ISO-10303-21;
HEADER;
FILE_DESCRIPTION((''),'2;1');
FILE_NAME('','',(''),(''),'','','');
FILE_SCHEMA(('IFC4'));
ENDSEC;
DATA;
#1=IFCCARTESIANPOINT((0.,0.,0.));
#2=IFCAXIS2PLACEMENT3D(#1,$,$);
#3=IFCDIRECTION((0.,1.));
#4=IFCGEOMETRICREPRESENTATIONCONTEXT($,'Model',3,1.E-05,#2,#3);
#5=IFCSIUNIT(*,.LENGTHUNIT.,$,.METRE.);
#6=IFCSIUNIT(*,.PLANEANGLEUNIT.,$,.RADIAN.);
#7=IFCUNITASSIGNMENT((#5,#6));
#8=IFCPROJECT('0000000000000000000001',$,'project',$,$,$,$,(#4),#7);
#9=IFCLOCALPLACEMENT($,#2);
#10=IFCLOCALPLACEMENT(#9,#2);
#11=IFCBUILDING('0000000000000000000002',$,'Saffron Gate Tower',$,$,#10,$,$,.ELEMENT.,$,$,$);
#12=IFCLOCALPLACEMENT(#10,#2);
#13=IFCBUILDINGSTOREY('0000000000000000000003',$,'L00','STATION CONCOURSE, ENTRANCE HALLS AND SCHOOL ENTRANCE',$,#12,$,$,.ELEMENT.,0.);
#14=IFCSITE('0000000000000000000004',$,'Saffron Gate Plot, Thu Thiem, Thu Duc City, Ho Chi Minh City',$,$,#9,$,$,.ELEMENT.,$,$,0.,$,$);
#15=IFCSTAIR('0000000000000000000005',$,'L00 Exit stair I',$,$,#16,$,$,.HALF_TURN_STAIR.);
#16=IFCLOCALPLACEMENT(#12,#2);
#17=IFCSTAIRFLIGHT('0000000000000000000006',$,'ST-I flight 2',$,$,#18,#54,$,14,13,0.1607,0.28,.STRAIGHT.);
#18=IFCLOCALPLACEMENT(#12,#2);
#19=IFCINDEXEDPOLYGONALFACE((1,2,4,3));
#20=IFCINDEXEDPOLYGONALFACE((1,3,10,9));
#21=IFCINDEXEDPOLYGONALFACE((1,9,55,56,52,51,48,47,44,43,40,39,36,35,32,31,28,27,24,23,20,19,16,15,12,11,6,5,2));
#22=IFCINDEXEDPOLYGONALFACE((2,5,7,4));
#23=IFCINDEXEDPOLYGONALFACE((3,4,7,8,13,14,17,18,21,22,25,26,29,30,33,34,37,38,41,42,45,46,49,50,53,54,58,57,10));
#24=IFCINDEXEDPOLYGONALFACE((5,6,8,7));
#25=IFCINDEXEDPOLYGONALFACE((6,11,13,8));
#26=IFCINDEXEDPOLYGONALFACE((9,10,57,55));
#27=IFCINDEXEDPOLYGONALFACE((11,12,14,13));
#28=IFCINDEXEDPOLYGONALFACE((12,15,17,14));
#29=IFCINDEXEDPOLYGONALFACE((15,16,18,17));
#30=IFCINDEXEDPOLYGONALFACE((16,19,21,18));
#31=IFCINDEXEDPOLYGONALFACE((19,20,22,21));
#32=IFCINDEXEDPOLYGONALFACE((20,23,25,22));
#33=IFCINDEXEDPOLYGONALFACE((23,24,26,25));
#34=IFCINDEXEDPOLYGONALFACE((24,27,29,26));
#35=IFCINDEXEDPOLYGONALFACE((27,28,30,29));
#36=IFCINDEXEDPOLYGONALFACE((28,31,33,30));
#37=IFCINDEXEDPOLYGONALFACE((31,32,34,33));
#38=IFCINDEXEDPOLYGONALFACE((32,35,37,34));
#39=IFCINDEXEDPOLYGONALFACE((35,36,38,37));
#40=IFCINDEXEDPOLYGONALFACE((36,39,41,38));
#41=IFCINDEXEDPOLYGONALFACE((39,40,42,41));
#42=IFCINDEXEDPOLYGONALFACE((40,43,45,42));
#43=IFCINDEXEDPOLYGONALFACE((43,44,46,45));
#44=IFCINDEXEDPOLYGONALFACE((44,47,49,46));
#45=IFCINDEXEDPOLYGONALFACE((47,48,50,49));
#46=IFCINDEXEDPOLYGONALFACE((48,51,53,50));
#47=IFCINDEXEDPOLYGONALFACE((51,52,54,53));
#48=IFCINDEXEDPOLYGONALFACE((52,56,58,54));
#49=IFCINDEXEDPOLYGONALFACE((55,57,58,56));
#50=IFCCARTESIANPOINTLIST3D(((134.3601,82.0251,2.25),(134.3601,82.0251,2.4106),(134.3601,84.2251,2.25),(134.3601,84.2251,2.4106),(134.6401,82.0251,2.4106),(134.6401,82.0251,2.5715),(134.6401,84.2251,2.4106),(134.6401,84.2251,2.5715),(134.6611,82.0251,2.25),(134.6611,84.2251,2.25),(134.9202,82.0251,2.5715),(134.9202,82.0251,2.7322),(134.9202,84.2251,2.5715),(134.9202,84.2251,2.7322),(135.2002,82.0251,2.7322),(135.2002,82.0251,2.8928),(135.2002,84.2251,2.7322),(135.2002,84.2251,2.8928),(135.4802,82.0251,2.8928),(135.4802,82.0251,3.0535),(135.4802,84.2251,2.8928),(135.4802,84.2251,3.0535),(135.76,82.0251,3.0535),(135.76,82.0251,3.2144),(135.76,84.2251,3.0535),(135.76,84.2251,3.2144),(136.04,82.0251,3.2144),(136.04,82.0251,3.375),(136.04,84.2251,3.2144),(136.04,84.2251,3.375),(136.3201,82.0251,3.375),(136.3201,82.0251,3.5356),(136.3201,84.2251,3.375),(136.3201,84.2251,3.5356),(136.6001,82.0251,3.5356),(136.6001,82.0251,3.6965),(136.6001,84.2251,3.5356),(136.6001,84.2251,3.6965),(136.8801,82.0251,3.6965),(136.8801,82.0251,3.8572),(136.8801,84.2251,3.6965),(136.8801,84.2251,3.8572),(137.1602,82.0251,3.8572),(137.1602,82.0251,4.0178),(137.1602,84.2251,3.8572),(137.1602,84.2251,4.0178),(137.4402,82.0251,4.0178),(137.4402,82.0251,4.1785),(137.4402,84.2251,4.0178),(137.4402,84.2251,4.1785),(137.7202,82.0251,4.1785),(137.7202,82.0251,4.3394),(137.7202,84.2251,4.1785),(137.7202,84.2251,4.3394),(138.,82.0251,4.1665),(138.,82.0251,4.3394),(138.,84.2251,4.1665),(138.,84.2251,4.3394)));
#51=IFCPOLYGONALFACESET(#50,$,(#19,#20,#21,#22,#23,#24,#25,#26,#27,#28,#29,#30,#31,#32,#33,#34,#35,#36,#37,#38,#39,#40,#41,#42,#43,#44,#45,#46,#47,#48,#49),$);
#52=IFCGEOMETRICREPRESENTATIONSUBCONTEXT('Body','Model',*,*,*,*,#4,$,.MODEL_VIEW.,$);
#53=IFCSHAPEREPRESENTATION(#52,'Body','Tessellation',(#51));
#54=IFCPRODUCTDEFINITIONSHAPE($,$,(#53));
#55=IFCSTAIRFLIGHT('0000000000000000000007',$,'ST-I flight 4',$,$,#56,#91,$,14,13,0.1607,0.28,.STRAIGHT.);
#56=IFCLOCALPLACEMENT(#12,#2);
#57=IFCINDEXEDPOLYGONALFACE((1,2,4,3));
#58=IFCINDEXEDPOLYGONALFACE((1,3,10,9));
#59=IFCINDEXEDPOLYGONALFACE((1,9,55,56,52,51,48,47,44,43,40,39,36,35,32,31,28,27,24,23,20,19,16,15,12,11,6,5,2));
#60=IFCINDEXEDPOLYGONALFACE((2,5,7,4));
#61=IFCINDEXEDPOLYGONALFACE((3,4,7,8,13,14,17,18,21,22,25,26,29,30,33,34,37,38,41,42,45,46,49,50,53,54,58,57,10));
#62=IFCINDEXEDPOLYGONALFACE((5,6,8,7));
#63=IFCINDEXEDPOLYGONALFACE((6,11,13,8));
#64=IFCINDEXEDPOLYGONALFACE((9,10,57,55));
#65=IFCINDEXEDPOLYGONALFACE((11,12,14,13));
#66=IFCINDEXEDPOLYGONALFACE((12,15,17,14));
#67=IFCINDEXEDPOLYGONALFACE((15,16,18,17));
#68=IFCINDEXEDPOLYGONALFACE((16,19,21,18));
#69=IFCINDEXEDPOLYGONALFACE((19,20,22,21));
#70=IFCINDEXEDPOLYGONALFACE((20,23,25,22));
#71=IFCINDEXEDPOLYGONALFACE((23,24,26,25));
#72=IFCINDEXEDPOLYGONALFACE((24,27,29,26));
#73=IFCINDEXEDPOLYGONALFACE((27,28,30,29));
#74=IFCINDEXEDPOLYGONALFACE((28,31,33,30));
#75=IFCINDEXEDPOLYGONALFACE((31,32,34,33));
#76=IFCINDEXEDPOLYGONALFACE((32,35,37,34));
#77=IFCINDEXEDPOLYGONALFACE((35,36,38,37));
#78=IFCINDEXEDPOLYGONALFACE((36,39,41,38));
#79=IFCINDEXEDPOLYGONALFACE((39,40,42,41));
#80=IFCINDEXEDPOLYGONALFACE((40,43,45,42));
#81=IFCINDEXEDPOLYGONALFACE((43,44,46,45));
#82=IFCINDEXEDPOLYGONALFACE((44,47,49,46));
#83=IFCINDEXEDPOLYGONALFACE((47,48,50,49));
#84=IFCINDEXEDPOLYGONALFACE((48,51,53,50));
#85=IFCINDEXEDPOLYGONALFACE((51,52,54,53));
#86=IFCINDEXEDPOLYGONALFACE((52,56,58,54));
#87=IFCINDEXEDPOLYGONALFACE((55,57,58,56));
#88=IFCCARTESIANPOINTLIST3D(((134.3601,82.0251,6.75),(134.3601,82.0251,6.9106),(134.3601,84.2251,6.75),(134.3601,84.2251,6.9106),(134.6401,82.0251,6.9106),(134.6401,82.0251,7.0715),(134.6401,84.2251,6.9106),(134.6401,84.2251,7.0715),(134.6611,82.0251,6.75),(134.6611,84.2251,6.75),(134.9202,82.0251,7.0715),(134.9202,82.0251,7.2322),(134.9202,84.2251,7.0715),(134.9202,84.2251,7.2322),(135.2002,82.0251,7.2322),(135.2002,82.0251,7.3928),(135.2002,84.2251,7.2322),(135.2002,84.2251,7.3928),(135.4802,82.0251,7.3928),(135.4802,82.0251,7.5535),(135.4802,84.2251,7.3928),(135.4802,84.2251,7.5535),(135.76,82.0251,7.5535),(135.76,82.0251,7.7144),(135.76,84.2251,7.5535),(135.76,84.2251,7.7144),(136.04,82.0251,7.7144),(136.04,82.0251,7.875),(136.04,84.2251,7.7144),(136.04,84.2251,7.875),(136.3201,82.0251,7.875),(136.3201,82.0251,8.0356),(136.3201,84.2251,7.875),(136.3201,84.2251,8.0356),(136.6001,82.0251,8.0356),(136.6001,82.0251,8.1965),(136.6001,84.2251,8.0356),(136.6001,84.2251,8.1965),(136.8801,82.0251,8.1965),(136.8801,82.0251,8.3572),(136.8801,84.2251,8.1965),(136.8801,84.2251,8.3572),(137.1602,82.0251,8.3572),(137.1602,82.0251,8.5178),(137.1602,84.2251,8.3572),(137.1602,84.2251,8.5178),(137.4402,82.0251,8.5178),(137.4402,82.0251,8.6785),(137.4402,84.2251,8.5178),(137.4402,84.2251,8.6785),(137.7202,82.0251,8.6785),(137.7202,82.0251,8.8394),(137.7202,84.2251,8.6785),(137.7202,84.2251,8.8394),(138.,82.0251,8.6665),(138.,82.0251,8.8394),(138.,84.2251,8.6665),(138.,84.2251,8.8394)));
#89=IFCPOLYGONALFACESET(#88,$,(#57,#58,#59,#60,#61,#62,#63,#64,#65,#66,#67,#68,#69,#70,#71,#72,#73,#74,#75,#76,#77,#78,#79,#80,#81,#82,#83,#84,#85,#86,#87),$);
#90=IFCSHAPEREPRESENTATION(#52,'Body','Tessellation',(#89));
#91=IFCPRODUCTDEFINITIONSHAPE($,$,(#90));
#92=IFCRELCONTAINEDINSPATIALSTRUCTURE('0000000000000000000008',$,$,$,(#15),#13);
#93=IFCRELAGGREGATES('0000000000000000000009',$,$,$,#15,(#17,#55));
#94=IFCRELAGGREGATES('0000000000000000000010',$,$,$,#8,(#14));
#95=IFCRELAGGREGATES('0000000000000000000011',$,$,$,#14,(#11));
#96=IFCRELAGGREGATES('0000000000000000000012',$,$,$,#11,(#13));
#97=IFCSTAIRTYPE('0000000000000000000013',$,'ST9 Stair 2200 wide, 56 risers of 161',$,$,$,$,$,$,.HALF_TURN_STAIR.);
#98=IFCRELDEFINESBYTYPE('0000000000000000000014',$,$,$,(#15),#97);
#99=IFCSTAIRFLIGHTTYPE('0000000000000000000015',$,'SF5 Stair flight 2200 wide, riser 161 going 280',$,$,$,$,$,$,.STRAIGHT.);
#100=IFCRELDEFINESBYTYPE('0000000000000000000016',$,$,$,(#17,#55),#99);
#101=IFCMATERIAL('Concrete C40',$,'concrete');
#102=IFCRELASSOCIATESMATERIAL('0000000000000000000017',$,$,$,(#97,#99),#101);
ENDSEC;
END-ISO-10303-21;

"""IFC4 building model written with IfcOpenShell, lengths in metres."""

from ifc_helpers import new_model, si_unit, direction, frame, origin, place, context, subcontext, project, spatial, polyline, outline, extrude, material, type_object, element, aggregate, save


model = new_model("IFC4")

# Units and contexts
model_context = context("Model", 3, precision=1e-05, world=origin(), true_north=direction((0.0, 1.0)))
body_context = subcontext(model_context, "Body", "Model", "MODEL_VIEW")
ifc_project = project(units=[si_unit("LENGTHUNIT", "METRE"), si_unit("PLANEANGLEUNIT", "RADIAN")], contexts=[model_context])

# Site, building, storey
site_placement = place(None, origin())
site = spatial("IfcSite", under=ifc_project, at=site_placement, Name="Saffron Gate Plot, Thu Thiem, Thu Duc City, Ho Chi Minh City", CompositionType="ELEMENT", RefElevation=0.0)
building_placement = place(site_placement, origin())
building = spatial("IfcBuilding", under=site, at=building_placement, Name="Saffron Gate Tower", CompositionType="ELEMENT")
storey_placement = place(building_placement, origin())
storey = spatial("IfcBuildingStorey", under=building, at=storey_placement, Name="L00", Description="STATION CONCOURSE, ENTRANCE HALLS AND SCHOOL ENTRANCE", CompositionType="ELEMENT", Elevation=0.0)

# Stair, stair flights
ifc_material_1 = material(Name="Concrete C40", Category="concrete")
stair_type = type_object("IfcStairType", Name="ST9 Stair 2200 wide, 56 risers of 161", PredefinedType="HALF_TURN_STAIR", material=ifc_material_1)
stair_placement = place(storey_placement, origin())
stair = element("IfcStair", 1, at=stair_placement, inside=storey, type_object=stair_type, Name="L00 Exit stair I", PredefinedType="HALF_TURN_STAIR")
stair_flight_type = type_object("IfcStairFlightType", Name="SF5 Stair flight 2200 wide, riser 161 going 280", PredefinedType="STRAIGHT", material=ifc_material_1)
stair_flight_1_placement = place(storey_placement, frame((134.3601, 83.125, 2.25), z_axis=(0.0, 0.0, 1.0), x_axis=(1.0, 0.0, 0.0)))
stair_flight_1 = element("IfcStairFlight", 2, at=stair_flight_1_placement, type_object=stair_flight_type, Name="ST-I flight 2", NumberOfRisers=14, NumberOfTreads=13, PredefinedType="STRAIGHT", RiserHeight=0.1607, TreadLength=0.28, context=body_context, shape_type="SweptSolid", body=[
    extrude(outline(polyline([(0.0, 0.0), (0.0, 0.1606), (0.28, 0.1606), (0.28, 0.3215), (0.5601, 0.3215), (0.5601, 0.4822), (0.8401, 0.4822), (0.8401, 0.6428), (1.1201, 0.6428), (1.1201, 0.8035), (1.3999, 0.8035), (1.3999, 0.9644), (1.6799, 0.9644), (1.6799, 1.125), (1.96, 1.125), (1.96, 1.2856), (2.24, 1.2856), (2.24, 1.4465), (2.52, 1.4465), (2.52, 1.6072), (2.8, 1.6072), (2.8, 1.7678), (3.0801, 1.7678), (3.0801, 1.9285), (3.3601, 1.9285), (3.3601, 2.0894), (3.6399, 2.0894), (3.6399, 2.25), (3.6399, 1.9165), (0.301, 0.0), (0.0, 0.0)])), frame((0.0, 1.1001, 0.0), z_axis=(0.0, -1.0, 0.0), x_axis=(1.0, 0.0, 0.0)), (0.0, 0.0, 1.0), 2.2),
])
stair_flight_2_placement = place(storey_placement, frame((134.3601, 83.125, 6.75), z_axis=(0.0, 0.0, 1.0), x_axis=(1.0, 0.0, 0.0)))
stair_flight_2 = element("IfcStairFlight", 3, at=stair_flight_2_placement, type_object=stair_flight_type, Name="ST-I flight 4", NumberOfRisers=14, NumberOfTreads=13, PredefinedType="STRAIGHT", RiserHeight=0.1607, TreadLength=0.28, context=body_context, shape_type="SweptSolid", body=[
    extrude(outline(polyline([(0.0, 0.0), (0.0, 0.1606), (0.28, 0.1606), (0.28, 0.3215), (0.5601, 0.3215), (0.5601, 0.4822), (0.8401, 0.4822), (0.8401, 0.6428), (1.1201, 0.6428), (1.1201, 0.8035), (1.3999, 0.8035), (1.3999, 0.9644), (1.6799, 0.9644), (1.6799, 1.125), (1.96, 1.125), (1.96, 1.2856), (2.24, 1.2856), (2.24, 1.4465), (2.52, 1.4465), (2.52, 1.6072), (2.8, 1.6072), (2.8, 1.7678), (3.0801, 1.7678), (3.0801, 1.9285), (3.3601, 1.9285), (3.3601, 2.0894), (3.6399, 2.0894), (3.6399, 2.25), (3.6399, 1.9165), (0.301, 0.0), (0.0, 0.0)])), frame((0.0, 1.1001, 0.0), z_axis=(0.0, -1.0, 0.0), x_axis=(1.0, 0.0, 0.0)), (0.0, 0.0, 1.0), 2.2),
])
aggregate(stair, [stair_flight_1, stair_flight_2])

save(model, "model.ifc")
